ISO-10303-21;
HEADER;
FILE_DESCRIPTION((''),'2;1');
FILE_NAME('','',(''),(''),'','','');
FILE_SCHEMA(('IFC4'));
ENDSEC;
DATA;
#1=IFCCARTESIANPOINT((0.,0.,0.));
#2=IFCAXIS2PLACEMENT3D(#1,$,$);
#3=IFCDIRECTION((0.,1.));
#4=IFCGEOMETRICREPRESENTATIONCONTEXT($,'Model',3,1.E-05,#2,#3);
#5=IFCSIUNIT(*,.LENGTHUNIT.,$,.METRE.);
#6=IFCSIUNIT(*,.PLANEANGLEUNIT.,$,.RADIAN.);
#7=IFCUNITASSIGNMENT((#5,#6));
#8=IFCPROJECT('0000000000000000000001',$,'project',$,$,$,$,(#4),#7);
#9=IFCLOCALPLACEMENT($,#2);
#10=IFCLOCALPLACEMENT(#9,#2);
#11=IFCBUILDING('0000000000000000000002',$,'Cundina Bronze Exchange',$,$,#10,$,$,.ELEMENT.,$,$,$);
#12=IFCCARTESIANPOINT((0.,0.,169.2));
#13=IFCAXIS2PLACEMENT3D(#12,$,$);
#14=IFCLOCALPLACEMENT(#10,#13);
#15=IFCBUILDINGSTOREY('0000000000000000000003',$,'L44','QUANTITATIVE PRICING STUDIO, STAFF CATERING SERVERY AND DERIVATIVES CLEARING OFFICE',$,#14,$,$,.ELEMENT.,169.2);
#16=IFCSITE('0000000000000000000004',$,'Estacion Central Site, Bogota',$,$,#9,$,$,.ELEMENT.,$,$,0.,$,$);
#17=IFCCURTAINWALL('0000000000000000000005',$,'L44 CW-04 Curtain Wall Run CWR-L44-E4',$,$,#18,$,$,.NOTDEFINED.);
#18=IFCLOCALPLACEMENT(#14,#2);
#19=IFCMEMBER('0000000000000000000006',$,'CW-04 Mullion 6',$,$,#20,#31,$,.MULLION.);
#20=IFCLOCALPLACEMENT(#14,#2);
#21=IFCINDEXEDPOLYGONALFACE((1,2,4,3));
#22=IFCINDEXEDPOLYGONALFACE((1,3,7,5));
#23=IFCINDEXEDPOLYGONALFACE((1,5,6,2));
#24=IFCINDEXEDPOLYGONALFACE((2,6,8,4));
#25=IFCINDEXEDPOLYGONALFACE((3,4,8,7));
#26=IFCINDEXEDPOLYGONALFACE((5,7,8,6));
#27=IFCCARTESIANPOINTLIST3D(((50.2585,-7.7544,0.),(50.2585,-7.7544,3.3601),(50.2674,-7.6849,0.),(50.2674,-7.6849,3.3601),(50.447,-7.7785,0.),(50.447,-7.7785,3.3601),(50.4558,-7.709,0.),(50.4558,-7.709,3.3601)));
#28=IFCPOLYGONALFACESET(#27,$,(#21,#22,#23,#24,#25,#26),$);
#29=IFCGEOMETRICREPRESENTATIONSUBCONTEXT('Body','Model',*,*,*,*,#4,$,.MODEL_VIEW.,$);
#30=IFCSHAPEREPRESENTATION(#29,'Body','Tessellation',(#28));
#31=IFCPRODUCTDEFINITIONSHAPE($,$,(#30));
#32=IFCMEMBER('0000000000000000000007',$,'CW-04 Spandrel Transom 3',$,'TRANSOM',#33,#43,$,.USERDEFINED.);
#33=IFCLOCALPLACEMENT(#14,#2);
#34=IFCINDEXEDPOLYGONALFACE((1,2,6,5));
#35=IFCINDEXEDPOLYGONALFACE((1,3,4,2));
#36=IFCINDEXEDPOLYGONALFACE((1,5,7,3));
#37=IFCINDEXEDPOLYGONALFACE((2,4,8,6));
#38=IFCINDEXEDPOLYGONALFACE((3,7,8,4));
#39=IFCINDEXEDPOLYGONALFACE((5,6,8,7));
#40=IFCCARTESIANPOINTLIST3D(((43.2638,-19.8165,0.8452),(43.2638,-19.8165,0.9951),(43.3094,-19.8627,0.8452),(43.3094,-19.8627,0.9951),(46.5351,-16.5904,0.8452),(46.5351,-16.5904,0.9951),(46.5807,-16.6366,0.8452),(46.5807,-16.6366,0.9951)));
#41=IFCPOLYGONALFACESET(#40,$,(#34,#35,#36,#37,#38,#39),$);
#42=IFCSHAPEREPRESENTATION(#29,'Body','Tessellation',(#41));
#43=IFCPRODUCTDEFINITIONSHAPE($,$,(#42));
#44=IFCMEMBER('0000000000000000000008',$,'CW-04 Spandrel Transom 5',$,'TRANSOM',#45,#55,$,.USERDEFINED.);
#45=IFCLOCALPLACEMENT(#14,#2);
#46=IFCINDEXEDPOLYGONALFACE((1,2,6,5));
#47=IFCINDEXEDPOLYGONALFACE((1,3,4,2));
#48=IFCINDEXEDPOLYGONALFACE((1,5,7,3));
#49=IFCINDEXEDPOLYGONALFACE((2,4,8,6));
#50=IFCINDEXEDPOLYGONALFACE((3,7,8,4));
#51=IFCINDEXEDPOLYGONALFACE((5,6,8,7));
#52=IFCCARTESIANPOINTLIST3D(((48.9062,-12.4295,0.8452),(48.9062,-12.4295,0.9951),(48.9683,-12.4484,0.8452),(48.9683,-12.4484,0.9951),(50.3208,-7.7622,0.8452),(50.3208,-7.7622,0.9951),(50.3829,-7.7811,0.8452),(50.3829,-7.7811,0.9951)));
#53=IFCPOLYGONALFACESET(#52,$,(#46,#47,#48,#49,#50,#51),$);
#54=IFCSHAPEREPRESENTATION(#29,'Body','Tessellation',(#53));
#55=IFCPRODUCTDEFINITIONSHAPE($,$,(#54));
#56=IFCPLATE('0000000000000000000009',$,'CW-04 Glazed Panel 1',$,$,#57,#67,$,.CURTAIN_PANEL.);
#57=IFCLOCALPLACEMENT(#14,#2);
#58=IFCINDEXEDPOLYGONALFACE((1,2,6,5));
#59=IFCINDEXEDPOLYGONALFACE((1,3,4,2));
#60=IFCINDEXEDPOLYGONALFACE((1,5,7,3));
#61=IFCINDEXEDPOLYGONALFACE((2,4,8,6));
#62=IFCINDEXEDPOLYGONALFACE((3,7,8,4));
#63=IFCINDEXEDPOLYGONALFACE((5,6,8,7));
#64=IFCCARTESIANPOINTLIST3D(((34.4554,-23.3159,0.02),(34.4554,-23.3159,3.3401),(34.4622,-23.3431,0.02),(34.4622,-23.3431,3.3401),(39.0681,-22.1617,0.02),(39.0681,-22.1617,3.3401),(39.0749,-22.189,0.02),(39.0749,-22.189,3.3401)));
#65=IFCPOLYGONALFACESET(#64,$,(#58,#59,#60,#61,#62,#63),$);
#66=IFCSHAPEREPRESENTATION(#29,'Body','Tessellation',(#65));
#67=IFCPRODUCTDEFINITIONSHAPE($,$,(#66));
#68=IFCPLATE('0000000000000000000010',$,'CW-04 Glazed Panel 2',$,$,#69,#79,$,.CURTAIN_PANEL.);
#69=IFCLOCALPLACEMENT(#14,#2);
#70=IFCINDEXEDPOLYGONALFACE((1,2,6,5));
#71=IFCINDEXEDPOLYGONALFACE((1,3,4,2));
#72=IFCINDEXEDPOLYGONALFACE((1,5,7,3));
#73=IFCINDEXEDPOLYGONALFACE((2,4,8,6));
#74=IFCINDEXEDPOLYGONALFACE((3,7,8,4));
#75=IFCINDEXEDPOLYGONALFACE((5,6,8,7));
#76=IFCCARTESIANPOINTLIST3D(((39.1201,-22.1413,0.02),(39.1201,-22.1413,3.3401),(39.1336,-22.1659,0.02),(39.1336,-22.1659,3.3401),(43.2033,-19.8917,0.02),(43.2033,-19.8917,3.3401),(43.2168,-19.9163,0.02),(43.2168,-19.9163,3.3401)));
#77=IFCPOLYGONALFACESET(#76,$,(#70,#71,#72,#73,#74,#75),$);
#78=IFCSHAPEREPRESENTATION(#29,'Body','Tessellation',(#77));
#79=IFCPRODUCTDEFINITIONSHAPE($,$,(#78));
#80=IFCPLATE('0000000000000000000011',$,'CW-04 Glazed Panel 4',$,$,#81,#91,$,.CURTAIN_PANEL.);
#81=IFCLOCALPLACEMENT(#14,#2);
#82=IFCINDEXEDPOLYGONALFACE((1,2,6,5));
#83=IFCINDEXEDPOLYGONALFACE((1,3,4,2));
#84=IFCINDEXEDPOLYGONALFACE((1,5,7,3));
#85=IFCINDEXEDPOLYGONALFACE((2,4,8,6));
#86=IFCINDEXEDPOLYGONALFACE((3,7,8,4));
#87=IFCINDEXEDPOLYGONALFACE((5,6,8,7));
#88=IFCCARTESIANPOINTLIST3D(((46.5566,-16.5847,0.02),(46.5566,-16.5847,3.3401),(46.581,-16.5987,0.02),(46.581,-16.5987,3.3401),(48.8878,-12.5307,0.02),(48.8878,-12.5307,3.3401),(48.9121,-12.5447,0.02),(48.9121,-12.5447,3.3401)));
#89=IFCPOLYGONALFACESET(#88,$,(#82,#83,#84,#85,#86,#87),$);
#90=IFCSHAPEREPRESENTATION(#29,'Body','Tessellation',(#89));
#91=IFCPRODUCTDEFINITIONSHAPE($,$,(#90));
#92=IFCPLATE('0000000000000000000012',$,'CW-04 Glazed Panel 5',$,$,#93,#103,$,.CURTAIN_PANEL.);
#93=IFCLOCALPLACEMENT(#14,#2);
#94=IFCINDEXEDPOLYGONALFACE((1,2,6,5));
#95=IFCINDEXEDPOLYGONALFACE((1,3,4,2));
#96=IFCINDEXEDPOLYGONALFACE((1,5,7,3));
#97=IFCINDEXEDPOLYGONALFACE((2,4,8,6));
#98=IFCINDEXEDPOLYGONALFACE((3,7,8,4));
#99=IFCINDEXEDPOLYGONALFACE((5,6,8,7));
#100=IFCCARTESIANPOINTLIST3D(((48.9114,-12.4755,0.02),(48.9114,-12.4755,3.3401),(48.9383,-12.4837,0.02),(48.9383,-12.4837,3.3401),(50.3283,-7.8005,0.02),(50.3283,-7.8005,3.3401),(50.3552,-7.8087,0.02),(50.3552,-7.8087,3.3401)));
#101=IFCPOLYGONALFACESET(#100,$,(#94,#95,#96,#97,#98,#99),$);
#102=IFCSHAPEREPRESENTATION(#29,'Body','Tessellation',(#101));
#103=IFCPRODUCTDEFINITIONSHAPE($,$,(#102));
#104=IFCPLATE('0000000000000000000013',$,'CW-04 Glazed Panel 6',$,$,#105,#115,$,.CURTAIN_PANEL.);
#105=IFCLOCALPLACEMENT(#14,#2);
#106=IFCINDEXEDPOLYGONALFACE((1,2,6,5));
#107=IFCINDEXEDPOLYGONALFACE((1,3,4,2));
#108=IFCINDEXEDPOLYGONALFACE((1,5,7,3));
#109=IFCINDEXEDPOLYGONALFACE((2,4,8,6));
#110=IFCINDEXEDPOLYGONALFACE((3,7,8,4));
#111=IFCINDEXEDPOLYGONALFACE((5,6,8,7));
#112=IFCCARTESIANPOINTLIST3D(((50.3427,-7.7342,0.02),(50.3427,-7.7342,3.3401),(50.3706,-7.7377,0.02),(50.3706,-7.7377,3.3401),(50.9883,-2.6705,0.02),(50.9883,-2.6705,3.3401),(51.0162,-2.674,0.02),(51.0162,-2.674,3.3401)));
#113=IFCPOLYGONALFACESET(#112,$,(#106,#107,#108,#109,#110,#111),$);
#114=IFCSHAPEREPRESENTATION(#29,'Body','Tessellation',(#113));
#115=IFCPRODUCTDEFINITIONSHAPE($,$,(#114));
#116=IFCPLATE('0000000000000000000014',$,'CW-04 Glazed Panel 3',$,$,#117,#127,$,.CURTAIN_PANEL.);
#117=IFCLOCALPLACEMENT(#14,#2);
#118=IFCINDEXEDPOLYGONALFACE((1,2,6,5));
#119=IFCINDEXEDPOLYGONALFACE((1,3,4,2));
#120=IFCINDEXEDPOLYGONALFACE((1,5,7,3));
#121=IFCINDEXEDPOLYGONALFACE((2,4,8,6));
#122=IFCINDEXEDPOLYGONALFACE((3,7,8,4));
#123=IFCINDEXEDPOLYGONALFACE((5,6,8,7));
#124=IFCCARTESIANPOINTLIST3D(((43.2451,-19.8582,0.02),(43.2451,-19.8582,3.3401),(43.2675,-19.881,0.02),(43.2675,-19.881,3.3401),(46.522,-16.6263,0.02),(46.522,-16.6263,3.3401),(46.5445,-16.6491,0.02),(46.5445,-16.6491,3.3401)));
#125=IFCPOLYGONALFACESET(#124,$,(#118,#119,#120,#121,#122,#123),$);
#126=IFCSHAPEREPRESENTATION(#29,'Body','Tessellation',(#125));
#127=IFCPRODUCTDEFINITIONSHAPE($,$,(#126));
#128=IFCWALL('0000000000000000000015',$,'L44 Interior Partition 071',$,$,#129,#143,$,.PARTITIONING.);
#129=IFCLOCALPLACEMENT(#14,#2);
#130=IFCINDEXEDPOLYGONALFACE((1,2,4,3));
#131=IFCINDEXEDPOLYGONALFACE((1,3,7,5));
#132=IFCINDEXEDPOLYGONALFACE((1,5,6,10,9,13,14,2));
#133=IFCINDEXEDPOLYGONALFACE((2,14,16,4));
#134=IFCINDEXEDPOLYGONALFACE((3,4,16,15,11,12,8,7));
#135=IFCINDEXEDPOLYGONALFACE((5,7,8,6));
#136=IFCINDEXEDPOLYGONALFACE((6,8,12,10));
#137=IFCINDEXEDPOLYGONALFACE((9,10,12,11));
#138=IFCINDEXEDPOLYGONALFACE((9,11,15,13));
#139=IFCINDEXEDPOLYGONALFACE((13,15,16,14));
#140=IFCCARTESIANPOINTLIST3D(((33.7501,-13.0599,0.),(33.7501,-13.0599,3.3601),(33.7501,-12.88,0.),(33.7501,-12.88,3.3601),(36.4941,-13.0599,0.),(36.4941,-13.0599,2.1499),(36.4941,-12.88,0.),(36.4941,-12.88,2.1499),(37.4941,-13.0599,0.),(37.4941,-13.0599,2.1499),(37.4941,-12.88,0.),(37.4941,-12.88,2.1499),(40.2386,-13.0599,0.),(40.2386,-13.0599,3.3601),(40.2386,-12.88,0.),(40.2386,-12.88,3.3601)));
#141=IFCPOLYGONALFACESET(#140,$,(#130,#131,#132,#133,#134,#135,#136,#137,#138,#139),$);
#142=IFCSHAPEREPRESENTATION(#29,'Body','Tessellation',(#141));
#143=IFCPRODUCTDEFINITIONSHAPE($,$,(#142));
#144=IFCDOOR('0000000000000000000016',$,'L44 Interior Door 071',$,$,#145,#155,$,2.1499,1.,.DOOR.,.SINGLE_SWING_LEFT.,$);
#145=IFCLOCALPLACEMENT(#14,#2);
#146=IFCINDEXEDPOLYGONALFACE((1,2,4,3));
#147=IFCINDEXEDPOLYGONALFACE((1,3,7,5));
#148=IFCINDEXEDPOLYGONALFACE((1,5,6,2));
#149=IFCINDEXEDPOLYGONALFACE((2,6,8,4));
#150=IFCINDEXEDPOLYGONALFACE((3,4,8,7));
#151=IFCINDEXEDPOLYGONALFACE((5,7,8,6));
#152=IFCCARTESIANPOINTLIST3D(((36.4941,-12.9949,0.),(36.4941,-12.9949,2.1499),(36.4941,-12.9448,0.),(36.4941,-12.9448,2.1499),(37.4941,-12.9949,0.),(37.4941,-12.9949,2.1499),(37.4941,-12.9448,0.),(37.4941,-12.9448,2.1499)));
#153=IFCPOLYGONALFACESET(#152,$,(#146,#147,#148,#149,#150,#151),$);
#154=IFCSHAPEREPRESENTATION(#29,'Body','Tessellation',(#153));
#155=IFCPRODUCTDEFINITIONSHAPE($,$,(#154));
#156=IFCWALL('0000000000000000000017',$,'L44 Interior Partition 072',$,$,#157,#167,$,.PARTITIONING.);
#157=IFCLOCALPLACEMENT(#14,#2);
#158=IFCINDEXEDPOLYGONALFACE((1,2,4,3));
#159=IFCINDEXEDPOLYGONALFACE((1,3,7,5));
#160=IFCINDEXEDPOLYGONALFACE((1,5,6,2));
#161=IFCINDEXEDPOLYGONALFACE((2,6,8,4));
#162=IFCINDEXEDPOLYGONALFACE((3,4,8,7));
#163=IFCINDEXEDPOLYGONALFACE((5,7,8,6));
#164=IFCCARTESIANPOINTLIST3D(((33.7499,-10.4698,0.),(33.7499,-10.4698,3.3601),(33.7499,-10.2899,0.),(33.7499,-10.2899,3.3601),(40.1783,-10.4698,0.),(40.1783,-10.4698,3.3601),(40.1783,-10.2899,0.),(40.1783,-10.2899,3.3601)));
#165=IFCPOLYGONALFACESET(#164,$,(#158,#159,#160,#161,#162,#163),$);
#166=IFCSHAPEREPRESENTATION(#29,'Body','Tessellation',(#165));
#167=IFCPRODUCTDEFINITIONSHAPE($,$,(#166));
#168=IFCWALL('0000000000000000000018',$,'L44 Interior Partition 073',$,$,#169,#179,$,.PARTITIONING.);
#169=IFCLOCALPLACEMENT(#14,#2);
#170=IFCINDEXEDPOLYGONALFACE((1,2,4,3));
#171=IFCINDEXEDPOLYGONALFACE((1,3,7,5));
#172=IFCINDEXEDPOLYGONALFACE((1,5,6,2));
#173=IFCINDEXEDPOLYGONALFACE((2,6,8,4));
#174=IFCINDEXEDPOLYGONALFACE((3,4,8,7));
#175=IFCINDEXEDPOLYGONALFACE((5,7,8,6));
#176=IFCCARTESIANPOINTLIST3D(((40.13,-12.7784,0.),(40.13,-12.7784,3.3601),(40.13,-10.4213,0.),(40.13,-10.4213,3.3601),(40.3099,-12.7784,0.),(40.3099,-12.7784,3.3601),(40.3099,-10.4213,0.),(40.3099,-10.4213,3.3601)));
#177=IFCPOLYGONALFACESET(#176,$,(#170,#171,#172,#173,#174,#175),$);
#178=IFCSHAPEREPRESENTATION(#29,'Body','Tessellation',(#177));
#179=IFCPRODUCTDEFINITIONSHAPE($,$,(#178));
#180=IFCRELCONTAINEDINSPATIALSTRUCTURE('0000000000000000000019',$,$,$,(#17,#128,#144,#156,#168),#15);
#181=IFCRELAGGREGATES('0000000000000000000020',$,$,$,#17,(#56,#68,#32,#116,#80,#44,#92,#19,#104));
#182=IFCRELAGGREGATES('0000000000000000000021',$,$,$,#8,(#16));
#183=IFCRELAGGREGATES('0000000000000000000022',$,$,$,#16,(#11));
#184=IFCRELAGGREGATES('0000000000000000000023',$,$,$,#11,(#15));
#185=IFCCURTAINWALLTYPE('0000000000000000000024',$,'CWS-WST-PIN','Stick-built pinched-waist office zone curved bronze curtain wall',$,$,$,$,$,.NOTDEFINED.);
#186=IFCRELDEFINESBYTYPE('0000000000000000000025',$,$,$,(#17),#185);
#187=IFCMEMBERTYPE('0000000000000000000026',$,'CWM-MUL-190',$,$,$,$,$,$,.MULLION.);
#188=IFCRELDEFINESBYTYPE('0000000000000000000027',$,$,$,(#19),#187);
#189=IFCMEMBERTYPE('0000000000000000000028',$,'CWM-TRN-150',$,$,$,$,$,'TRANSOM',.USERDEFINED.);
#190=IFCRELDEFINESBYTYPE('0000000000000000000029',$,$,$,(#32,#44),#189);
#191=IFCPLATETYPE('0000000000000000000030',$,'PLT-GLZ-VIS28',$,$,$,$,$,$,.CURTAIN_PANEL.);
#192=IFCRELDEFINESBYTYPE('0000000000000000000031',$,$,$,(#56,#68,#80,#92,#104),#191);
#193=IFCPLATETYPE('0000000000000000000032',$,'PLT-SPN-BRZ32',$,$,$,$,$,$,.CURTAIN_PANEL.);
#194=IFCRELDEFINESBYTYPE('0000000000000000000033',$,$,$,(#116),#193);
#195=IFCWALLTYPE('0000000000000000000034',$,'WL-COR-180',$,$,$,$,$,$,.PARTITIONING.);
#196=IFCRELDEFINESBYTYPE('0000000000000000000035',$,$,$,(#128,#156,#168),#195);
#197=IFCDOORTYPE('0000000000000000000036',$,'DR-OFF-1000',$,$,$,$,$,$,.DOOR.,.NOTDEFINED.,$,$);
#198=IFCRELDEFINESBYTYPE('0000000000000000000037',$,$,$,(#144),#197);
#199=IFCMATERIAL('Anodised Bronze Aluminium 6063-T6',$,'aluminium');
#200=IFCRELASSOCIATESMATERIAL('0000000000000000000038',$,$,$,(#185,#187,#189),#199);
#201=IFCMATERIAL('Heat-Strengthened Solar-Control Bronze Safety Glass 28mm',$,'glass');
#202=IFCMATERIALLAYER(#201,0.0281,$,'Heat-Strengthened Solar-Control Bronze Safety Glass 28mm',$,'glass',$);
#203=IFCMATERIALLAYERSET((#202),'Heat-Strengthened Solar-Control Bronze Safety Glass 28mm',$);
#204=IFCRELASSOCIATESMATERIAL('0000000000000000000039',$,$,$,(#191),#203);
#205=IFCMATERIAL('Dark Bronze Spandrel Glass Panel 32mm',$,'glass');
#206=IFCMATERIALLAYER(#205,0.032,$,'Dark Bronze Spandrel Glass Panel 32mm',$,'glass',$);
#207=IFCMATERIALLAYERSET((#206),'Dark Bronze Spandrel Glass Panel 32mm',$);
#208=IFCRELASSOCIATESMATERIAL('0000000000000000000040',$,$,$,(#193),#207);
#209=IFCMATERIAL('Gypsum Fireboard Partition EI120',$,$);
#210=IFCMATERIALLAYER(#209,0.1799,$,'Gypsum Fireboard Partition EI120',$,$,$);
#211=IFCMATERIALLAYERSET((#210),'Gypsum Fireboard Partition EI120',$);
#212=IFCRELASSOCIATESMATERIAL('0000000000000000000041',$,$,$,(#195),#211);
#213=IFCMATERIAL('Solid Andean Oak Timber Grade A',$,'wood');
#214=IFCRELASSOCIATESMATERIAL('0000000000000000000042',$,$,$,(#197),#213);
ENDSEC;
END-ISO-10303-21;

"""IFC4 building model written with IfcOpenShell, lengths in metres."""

from ifc_helpers import new_model, si_unit, direction, frame, frame_2d, origin, origin_2d, place, context, subcontext, project, spatial, rectangle, extrude, material, layer, layer_set, material_profile, profile_set, type_object, element, fill, aggregate, save


model = new_model("IFC4")

# Units and contexts
model_context = context("Model", 3, precision=1e-05, world=origin(), true_north=direction((0.0, 1.0)))
body_context = subcontext(model_context, "Body", "Model", "MODEL_VIEW")
ifc_project = project(units=[si_unit("LENGTHUNIT", "METRE"), si_unit("PLANEANGLEUNIT", "RADIAN")], contexts=[model_context])

# Site, building, storey
site_placement = place(None, origin())
site = spatial("IfcSite", under=ifc_project, at=site_placement, Name="Estacion Central Site, Bogota", CompositionType="ELEMENT", RefElevation=0.0)
building_placement = place(site_placement, origin())
building = spatial("IfcBuilding", under=site, at=building_placement, Name="Cundina Bronze Exchange", CompositionType="ELEMENT")
storey_placement = place(building_placement, frame((0.0, 0.0, 169.2)))
storey = spatial("IfcBuildingStorey", under=building, at=storey_placement, Name="L44", Description="QUANTITATIVE PRICING STUDIO, STAFF CATERING SERVERY AND DERIVATIVES CLEARING OFFICE", CompositionType="ELEMENT", Elevation=169.2)

# Curtain wall, members, plates
ifc_material_1 = material(Name="Anodised Bronze Aluminium 6063-T6", Category="aluminium")
curtain_wall_type = type_object("IfcCurtainWallType", Name="CWS-WST-PIN", Description="Stick-built pinched-waist office zone curved bronze curtain wall", PredefinedType="NOTDEFINED", material=ifc_material_1)
curtain_wall_placement = place(storey_placement, origin())
curtain_wall = element("IfcCurtainWall", 1, at=curtain_wall_placement, inside=storey, type_object=curtain_wall_type, Name="L44 CW-04 Curtain Wall Run CWR-L44-E4", PredefinedType="NOTDEFINED")
ifc_material_profile_1 = material_profile(ifc_material_1, rectangle(XDim=0.0701, YDim=0.1899, at=origin_2d()), Name="AL70X190", Category="aluminium")
ifc_profile_set_1 = profile_set([ifc_material_profile_1], Name="Anodised Bronze Aluminium 6063-T6")
member_type_1 = type_object("IfcMemberType", Name="CWM-MUL-190", PredefinedType="MULLION", material=ifc_profile_set_1)
member_1_placement = place(storey_placement, frame((50.3572, -7.7317, 0.0), z_axis=(0.0, 0.0, 1.0), x_axis=(0.126545, 0.991961, 0.0)))
member_1 = element("IfcMember", 2, at=member_1_placement, type_object=member_type_1, Name="CW-04 Mullion 6", PredefinedType="MULLION", context=body_context, shape_type="SweptSolid", body=[
    extrude(rectangle(XDim=0.0701, YDim=0.1899, at=origin_2d()), origin(), (0.0, 0.0, 1.0), 3.3601),
])
ifc_material_profile_2 = material_profile(ifc_material_1, rectangle(XDim=0.0649, YDim=0.1499, at=origin_2d()), Name="AL65X150", Category="aluminium")
ifc_profile_set_2 = profile_set([ifc_material_profile_2], Name="Anodised Bronze Aluminium 6063-T6")
member_type_2 = type_object("IfcMemberType", Name="CWM-TRN-150", ElementType="TRANSOM", PredefinedType="USERDEFINED", material=ifc_profile_set_2)
member_2_placement = place(storey_placement, frame((43.2866, -19.8396, 0.9202), z_axis=(0.712005, 0.702174, 0.0), x_axis=(-0.702174, 0.712005, 0.0)))
member_2 = element("IfcMember", 3, at=member_2_placement, type_object=member_type_2, Name="CW-04 Spandrel Transom 3", ObjectType="TRANSOM", PredefinedType="USERDEFINED", context=body_context, shape_type="SweptSolid", body=[
    extrude(rectangle(XDim=0.0649, YDim=0.1499, at=origin_2d()), origin(), (0.0, 0.0, 1.0), 4.5945),
])
member_3_placement = place(storey_placement, frame((48.9373, -12.439, 0.9202), z_axis=(0.290052, 0.957011, 0.0), x_axis=(-0.957011, 0.290052, 0.0)))
member_3 = element("IfcMember", 4, at=member_3_placement, type_object=member_type_2, Name="CW-04 Spandrel Transom 5", ObjectType="TRANSOM", PredefinedType="USERDEFINED", context=body_context, shape_type="SweptSolid", body=[
    extrude(rectangle(XDim=0.0649, YDim=0.1499, at=origin_2d()), origin(), (0.0, 0.0, 1.0), 4.877),
])
ifc_material_2 = material(Name="Heat-Strengthened Solar-Control Bronze Safety Glass 28mm", Category="glass")
ifc_layer_1 = layer(ifc_material_2, 0.0281, Name="Heat-Strengthened Solar-Control Bronze Safety Glass 28mm", Category="glass")
ifc_layer_set_1 = layer_set([ifc_layer_1], Name="Heat-Strengthened Solar-Control Bronze Safety Glass 28mm")
plate_type_1 = type_object("IfcPlateType", Name="PLT-GLZ-VIS28", PredefinedType="CURTAIN_PANEL", material=ifc_layer_set_1)
plate_1_placement = place(storey_placement, frame((36.7651, -22.7524, 0.02), z_axis=(0.0, 0.0, 1.0), x_axis=(0.970093, 0.242735, 0.0)))
plate_1 = element("IfcPlate", 5, at=plate_1_placement, type_object=plate_type_1, Name="CW-04 Glazed Panel 1", PredefinedType="CURTAIN_PANEL", context=body_context, shape_type="SweptSolid", body=[
    extrude(rectangle(XDim=4.7549, YDim=0.0281, at=origin_2d()), origin(), (0.0, 0.0, 1.0), 3.3201),
])
plate_2_placement = place(storey_placement, frame((41.1685, -21.0288, 0.02), z_axis=(0.0, 0.0, 1.0), x_axis=(0.875869, 0.482549, 0.0)))
plate_2 = element("IfcPlate", 6, at=plate_2_placement, type_object=plate_type_1, Name="CW-04 Glazed Panel 2", PredefinedType="CURTAIN_PANEL", context=body_context, shape_type="SweptSolid", body=[
    extrude(rectangle(XDim=4.6619, YDim=0.0281, at=origin_2d()), origin(), (0.0, 0.0, 1.0), 3.3201),
])
plate_3_placement = place(storey_placement, frame((47.7344, -14.5647, 0.02), z_axis=(0.0, 0.0, 1.0), x_axis=(0.498488, 0.866897, 0.0)))
plate_3 = element("IfcPlate", 7, at=plate_3_placement, type_object=plate_type_1, Name="CW-04 Glazed Panel 4", PredefinedType="CURTAIN_PANEL", context=body_context, shape_type="SweptSolid", body=[
    extrude(rectangle(XDim=4.6765, YDim=0.0281, at=origin_2d()), origin(), (0.0, 0.0, 1.0), 3.3201),
])
plate_4_placement = place(storey_placement, frame((49.6333, -10.1421, 0.02), z_axis=(0.0, 0.0, 1.0), x_axis=(0.290051, 0.957011, 0.0)))
plate_4 = element("IfcPlate", 8, at=plate_4_placement, type_object=plate_type_1, Name="CW-04 Glazed Panel 5", PredefinedType="CURTAIN_PANEL", context=body_context, shape_type="SweptSolid", body=[
    extrude(rectangle(XDim=4.885, YDim=0.0281, at=origin_2d()), origin(), (0.0, 0.0, 1.0), 3.3201),
])
plate_5_placement = place(storey_placement, frame((50.6794, -5.2041, 0.02), z_axis=(0.0, 0.0, 1.0), x_axis=(0.126476, 0.99197, 0.0)))
plate_5 = element("IfcPlate", 9, at=plate_5_placement, type_object=plate_type_1, Name="CW-04 Glazed Panel 6", PredefinedType="CURTAIN_PANEL", context=body_context, shape_type="SweptSolid", body=[
    extrude(rectangle(XDim=5.1047, YDim=0.0281, at=origin_2d()), origin(), (0.0, 0.0, 1.0), 3.3201),
])
ifc_material_3 = material(Name="Dark Bronze Spandrel Glass Panel 32mm", Category="glass")
ifc_layer_2 = layer(ifc_material_3, 0.032, Name="Dark Bronze Spandrel Glass Panel 32mm", Category="glass")
ifc_layer_set_2 = layer_set([ifc_layer_2], Name="Dark Bronze Spandrel Glass Panel 32mm")
plate_type_2 = type_object("IfcPlateType", Name="PLT-SPN-BRZ32", PredefinedType="CURTAIN_PANEL", material=ifc_layer_set_2)
plate_6_placement = place(storey_placement, frame((44.8948, -18.2537, 0.02), z_axis=(0.0, 0.0, 1.0), x_axis=(0.711989, 0.70219, 0.0)))
plate_6 = element("IfcPlate", 10, at=plate_6_placement, type_object=plate_type_2, Name="CW-04 Glazed Panel 3", PredefinedType="CURTAIN_PANEL", context=body_context, shape_type="SweptSolid", body=[
    extrude(rectangle(XDim=4.6025, YDim=0.032, at=origin_2d()), origin(), (0.0, 0.0, 1.0), 3.3201),
])
aggregate(curtain_wall, [plate_1, plate_2, member_2, plate_6, plate_3, member_3, plate_4, member_1, plate_5])

# Wall, opening, door
ifc_material_4 = material(Name="Gypsum Fireboard Partition EI120")
ifc_layer_3 = layer(ifc_material_4, 0.1799, Name="Gypsum Fireboard Partition EI120")
ifc_layer_set_3 = layer_set([ifc_layer_3], Name="Gypsum Fireboard Partition EI120")
wall_type_1 = type_object("IfcWallType", Name="WL-COR-180", PredefinedType="PARTITIONING", material=ifc_layer_set_3)
wall_1_placement = place(storey_placement, frame((40.2385, -12.97, 0.0), z_axis=(0.0, 0.0, 1.0), x_axis=(-1.0, 0.0, 0.0)))
wall_1 = element("IfcWall", 11, at=wall_1_placement, inside=storey, type_object=wall_type_1, Name="L44 Interior Partition 071", PredefinedType="PARTITIONING", context=body_context, shape_type="SweptSolid", body=[
    extrude(rectangle(XDim=6.4885, YDim=0.1799, at=frame_2d((3.2441, 0.0))), origin(), (0.0, 0.0, 1.0), 3.3601),
])
opening_placement = place(wall_1_placement, frame((2.7444, 0.0, 0.0)))
opening = element("IfcOpeningElement", 12, at=opening_placement, cuts=wall_1, PredefinedType="OPENING", context=body_context, shape_type="SweptSolid", body=[
    extrude(rectangle(XDim=1.0, YDim=2.1499, at=frame_2d((0.5, 1.075))), frame((0.0, 0.0999, 0.0), z_axis=(0.0, -1.0, 0.0), x_axis=(1.0, 0.0, 0.0)), (0.0, 0.0, 1.0), 0.2),
])
ifc_material_5 = material(Name="Solid Andean Oak Timber Grade A", Category="wood")
door_type = type_object("IfcDoorType", Name="DR-OFF-1000", OperationType="NOTDEFINED", PredefinedType="DOOR", material=ifc_material_5)
door_placement = place(opening_placement, origin())
door = element("IfcDoor", 13, at=door_placement, inside=storey, type_object=door_type, Name="L44 Interior Door 071", OperationType="SINGLE_SWING_LEFT", OverallHeight=2.1499, OverallWidth=1.0, PredefinedType="DOOR", context=body_context, shape_type="SweptSolid", body=[
    extrude(rectangle(XDim=1.0, YDim=2.1499, at=frame_2d((0.5, 1.075))), frame((0.0, 0.0249, 0.0), z_axis=(0.0, -1.0, 0.0), x_axis=(1.0, 0.0, 0.0)), (0.0, 0.0, 1.0), 0.05),
])
fill(opening, door)

# Walls
wall_2_placement = place(storey_placement, frame((40.1785, -10.3799, 0.0), z_axis=(0.0, 0.0, 1.0), x_axis=(-1.0, 0.0, 0.0)))
element("IfcWall", 14, at=wall_2_placement, inside=storey, type_object=wall_type_1, Name="L44 Interior Partition 072", PredefinedType="PARTITIONING", context=body_context, shape_type="SweptSolid", body=[
    extrude(rectangle(XDim=6.4285, YDim=0.1799, at=frame_2d((3.2144, 0.0))), origin(), (0.0, 0.0, 1.0), 3.3601),
])
wall_3_placement = place(storey_placement, frame((40.22, -12.7786, 0.0), z_axis=(0.0, 0.0, 1.0), x_axis=(0.0, 1.0, 0.0)))
element("IfcWall", 15, at=wall_3_placement, inside=storey, type_object=wall_type_1, Name="L44 Interior Partition 073", PredefinedType="PARTITIONING", context=body_context, shape_type="SweptSolid", body=[
    extrude(rectangle(XDim=2.3572, YDim=0.1799, at=frame_2d((1.1787, 0.0))), origin(), (0.0, 0.0, 1.0), 3.3601),
])

save(model, "model.ifc")
